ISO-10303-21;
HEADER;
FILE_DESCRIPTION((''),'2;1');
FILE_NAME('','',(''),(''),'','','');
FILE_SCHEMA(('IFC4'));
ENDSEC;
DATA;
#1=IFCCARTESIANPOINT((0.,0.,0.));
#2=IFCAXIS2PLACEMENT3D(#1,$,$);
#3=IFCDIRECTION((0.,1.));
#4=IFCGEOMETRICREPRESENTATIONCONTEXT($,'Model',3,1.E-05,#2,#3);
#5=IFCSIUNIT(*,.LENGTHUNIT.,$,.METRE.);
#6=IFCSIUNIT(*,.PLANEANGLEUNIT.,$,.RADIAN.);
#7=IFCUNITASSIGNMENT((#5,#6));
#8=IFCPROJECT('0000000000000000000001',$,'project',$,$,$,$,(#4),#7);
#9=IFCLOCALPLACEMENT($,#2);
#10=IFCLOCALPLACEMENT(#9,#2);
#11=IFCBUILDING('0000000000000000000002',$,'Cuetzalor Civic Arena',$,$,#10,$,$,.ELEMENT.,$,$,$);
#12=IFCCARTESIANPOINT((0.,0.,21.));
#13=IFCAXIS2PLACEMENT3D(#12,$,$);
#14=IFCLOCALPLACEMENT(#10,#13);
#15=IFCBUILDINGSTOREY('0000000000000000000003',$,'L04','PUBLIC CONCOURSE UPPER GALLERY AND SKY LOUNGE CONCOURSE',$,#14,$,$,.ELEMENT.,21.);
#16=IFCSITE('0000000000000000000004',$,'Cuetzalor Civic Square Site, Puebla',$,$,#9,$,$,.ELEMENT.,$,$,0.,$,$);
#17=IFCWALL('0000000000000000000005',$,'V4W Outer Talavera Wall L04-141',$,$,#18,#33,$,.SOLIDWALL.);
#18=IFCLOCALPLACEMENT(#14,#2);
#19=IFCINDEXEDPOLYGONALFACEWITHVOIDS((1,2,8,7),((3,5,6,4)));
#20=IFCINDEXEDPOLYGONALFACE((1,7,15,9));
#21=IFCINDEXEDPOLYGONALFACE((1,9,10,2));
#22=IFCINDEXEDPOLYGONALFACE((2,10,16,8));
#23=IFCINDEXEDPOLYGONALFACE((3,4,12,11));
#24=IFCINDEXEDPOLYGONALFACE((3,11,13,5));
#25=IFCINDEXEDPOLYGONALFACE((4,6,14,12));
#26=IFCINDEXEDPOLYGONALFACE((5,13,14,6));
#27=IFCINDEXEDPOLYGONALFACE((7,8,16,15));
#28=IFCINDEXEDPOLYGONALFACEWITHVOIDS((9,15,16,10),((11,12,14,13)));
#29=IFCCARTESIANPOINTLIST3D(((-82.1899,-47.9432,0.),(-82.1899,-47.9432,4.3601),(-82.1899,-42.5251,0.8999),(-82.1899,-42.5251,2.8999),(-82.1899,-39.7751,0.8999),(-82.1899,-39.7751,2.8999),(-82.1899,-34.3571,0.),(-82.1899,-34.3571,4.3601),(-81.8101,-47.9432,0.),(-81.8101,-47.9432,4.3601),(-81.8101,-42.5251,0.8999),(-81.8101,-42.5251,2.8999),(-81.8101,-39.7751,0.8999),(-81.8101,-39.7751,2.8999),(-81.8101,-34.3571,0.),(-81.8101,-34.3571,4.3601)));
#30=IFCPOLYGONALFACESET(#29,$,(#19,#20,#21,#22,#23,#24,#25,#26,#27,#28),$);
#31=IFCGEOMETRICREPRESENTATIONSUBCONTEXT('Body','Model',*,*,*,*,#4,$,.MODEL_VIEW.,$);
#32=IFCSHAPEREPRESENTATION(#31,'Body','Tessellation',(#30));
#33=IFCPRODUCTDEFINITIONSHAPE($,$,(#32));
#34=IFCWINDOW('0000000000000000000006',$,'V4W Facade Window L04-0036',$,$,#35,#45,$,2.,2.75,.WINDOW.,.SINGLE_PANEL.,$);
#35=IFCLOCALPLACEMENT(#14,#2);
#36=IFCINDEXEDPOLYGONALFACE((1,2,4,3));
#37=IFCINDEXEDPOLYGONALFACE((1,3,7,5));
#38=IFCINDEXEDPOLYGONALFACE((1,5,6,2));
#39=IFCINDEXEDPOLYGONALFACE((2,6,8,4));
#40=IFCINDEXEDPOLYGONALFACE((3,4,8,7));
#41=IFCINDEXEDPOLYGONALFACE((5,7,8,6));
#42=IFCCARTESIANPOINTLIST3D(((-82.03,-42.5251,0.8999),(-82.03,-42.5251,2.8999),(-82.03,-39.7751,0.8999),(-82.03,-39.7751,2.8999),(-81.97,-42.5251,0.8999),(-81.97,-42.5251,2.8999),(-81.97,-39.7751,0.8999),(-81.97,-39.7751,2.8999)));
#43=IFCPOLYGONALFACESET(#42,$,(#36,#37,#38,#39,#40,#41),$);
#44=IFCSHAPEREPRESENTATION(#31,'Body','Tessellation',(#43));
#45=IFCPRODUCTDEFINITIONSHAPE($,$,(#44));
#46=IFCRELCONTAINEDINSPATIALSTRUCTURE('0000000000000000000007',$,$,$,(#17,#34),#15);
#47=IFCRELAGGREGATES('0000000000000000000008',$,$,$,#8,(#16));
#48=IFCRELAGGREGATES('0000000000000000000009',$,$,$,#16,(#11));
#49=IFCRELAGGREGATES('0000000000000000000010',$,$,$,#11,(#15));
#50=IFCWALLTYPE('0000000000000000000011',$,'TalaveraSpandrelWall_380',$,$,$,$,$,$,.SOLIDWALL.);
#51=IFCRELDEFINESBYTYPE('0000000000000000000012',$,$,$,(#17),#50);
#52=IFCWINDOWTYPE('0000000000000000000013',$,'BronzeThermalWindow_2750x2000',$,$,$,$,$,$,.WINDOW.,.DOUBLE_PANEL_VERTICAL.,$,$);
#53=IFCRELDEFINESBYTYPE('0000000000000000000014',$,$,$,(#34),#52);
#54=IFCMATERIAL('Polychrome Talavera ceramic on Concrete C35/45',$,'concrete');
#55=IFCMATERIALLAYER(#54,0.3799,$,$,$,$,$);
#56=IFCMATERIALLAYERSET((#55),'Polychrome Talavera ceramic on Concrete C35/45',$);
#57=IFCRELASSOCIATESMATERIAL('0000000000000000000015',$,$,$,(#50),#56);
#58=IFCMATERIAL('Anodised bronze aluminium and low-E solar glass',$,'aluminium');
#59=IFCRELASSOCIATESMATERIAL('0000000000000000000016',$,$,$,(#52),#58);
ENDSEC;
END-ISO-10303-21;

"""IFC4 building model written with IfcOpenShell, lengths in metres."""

from ifc_helpers import new_model, si_unit, direction, frame, frame_2d, origin, place, context, subcontext, project, spatial, rectangle, extrude, material, layer, layer_set, type_object, element, fill, save


model = new_model("IFC4")

# Units and contexts
model_context = context("Model", 3, precision=1e-05, world=origin(), true_north=direction((0.0, 1.0)))
body_context = subcontext(model_context, "Body", "Model", "MODEL_VIEW")
ifc_project = project(units=[si_unit("LENGTHUNIT", "METRE"), si_unit("PLANEANGLEUNIT", "RADIAN")], contexts=[model_context])

# Site, building, storey
site_placement = place(None, origin())
site = spatial("IfcSite", under=ifc_project, at=site_placement, Name="Cuetzalor Civic Square Site, Puebla", CompositionType="ELEMENT", RefElevation=0.0)
building_placement = place(site_placement, origin())
building = spatial("IfcBuilding", under=site, at=building_placement, Name="Cuetzalor Civic Arena", CompositionType="ELEMENT")
storey_placement = place(building_placement, frame((0.0, 0.0, 21.0)))
storey = spatial("IfcBuildingStorey", under=building, at=storey_placement, Name="L04", Description="PUBLIC CONCOURSE UPPER GALLERY AND SKY LOUNGE CONCOURSE", CompositionType="ELEMENT", Elevation=21.0)

# Wall, opening, window
ifc_material_1 = material(Name="Polychrome Talavera ceramic on Concrete C35/45", Category="concrete")
ifc_layer_1 = layer(ifc_material_1, 0.3799)
ifc_layer_set_1 = layer_set([ifc_layer_1], Name="Polychrome Talavera ceramic on Concrete C35/45")
wall_type_1 = type_object("IfcWallType", Name="TalaveraSpandrelWall_380", PredefinedType="SOLIDWALL", material=ifc_layer_set_1)
wall_1_placement = place(storey_placement, frame((-82.0, -47.9431, 0.0), z_axis=(0.0, 0.0, 1.0), x_axis=(0.0, 1.0, 0.0)))
wall_1 = element("IfcWall", 1, at=wall_1_placement, inside=storey, type_object=wall_type_1, Name="V4W Outer Talavera Wall L04-141", PredefinedType="SOLIDWALL", context=body_context, shape_type="SweptSolid", body=[
    extrude(rectangle(XDim=13.5862, YDim=0.3799, at=frame_2d((6.793, 0.0))), origin(), (0.0, 0.0, 1.0), 4.3601),
])
opening_1_placement = place(wall_1_placement, frame((5.418, 0.0, 0.8999)))
opening_1 = element("IfcOpeningElement", 2, at=opening_1_placement, cuts=wall_1, PredefinedType="OPENING", context=body_context, shape_type="SweptSolid", body=[
    extrude(rectangle(XDim=2.75, YDim=2.0, at=frame_2d((1.375, 1.0))), frame((0.0, 0.2, 0.0), z_axis=(0.0, -1.0, 0.0), x_axis=(1.0, 0.0, 0.0)), (0.0, 0.0, 1.0), 0.3999),
])
ifc_material_2 = material(Name="Anodised bronze aluminium and low-E solar glass", Category="aluminium")
window_type = type_object("IfcWindowType", Name="BronzeThermalWindow_2750x2000", PartitioningType="DOUBLE_PANEL_VERTICAL", PredefinedType="WINDOW", material=ifc_material_2)
window_placement = place(opening_1_placement, origin())
window = element("IfcWindow", 3, at=window_placement, inside=storey, type_object=window_type, Name="V4W Facade Window L04-0036", OverallHeight=2.0, OverallWidth=2.75, PartitioningType="SINGLE_PANEL", PredefinedType="WINDOW", context=body_context, shape_type="SweptSolid", body=[
    extrude(rectangle(XDim=2.75, YDim=2.0, at=frame_2d((1.375, 1.0))), frame((0.0, 0.03, 0.0), z_axis=(0.0, -1.0, 0.0), x_axis=(1.0, 0.0, 0.0)), (0.0, 0.0, 1.0), 0.0601),
])
fill(opening_1, window)

save(model, "model.ifc")
